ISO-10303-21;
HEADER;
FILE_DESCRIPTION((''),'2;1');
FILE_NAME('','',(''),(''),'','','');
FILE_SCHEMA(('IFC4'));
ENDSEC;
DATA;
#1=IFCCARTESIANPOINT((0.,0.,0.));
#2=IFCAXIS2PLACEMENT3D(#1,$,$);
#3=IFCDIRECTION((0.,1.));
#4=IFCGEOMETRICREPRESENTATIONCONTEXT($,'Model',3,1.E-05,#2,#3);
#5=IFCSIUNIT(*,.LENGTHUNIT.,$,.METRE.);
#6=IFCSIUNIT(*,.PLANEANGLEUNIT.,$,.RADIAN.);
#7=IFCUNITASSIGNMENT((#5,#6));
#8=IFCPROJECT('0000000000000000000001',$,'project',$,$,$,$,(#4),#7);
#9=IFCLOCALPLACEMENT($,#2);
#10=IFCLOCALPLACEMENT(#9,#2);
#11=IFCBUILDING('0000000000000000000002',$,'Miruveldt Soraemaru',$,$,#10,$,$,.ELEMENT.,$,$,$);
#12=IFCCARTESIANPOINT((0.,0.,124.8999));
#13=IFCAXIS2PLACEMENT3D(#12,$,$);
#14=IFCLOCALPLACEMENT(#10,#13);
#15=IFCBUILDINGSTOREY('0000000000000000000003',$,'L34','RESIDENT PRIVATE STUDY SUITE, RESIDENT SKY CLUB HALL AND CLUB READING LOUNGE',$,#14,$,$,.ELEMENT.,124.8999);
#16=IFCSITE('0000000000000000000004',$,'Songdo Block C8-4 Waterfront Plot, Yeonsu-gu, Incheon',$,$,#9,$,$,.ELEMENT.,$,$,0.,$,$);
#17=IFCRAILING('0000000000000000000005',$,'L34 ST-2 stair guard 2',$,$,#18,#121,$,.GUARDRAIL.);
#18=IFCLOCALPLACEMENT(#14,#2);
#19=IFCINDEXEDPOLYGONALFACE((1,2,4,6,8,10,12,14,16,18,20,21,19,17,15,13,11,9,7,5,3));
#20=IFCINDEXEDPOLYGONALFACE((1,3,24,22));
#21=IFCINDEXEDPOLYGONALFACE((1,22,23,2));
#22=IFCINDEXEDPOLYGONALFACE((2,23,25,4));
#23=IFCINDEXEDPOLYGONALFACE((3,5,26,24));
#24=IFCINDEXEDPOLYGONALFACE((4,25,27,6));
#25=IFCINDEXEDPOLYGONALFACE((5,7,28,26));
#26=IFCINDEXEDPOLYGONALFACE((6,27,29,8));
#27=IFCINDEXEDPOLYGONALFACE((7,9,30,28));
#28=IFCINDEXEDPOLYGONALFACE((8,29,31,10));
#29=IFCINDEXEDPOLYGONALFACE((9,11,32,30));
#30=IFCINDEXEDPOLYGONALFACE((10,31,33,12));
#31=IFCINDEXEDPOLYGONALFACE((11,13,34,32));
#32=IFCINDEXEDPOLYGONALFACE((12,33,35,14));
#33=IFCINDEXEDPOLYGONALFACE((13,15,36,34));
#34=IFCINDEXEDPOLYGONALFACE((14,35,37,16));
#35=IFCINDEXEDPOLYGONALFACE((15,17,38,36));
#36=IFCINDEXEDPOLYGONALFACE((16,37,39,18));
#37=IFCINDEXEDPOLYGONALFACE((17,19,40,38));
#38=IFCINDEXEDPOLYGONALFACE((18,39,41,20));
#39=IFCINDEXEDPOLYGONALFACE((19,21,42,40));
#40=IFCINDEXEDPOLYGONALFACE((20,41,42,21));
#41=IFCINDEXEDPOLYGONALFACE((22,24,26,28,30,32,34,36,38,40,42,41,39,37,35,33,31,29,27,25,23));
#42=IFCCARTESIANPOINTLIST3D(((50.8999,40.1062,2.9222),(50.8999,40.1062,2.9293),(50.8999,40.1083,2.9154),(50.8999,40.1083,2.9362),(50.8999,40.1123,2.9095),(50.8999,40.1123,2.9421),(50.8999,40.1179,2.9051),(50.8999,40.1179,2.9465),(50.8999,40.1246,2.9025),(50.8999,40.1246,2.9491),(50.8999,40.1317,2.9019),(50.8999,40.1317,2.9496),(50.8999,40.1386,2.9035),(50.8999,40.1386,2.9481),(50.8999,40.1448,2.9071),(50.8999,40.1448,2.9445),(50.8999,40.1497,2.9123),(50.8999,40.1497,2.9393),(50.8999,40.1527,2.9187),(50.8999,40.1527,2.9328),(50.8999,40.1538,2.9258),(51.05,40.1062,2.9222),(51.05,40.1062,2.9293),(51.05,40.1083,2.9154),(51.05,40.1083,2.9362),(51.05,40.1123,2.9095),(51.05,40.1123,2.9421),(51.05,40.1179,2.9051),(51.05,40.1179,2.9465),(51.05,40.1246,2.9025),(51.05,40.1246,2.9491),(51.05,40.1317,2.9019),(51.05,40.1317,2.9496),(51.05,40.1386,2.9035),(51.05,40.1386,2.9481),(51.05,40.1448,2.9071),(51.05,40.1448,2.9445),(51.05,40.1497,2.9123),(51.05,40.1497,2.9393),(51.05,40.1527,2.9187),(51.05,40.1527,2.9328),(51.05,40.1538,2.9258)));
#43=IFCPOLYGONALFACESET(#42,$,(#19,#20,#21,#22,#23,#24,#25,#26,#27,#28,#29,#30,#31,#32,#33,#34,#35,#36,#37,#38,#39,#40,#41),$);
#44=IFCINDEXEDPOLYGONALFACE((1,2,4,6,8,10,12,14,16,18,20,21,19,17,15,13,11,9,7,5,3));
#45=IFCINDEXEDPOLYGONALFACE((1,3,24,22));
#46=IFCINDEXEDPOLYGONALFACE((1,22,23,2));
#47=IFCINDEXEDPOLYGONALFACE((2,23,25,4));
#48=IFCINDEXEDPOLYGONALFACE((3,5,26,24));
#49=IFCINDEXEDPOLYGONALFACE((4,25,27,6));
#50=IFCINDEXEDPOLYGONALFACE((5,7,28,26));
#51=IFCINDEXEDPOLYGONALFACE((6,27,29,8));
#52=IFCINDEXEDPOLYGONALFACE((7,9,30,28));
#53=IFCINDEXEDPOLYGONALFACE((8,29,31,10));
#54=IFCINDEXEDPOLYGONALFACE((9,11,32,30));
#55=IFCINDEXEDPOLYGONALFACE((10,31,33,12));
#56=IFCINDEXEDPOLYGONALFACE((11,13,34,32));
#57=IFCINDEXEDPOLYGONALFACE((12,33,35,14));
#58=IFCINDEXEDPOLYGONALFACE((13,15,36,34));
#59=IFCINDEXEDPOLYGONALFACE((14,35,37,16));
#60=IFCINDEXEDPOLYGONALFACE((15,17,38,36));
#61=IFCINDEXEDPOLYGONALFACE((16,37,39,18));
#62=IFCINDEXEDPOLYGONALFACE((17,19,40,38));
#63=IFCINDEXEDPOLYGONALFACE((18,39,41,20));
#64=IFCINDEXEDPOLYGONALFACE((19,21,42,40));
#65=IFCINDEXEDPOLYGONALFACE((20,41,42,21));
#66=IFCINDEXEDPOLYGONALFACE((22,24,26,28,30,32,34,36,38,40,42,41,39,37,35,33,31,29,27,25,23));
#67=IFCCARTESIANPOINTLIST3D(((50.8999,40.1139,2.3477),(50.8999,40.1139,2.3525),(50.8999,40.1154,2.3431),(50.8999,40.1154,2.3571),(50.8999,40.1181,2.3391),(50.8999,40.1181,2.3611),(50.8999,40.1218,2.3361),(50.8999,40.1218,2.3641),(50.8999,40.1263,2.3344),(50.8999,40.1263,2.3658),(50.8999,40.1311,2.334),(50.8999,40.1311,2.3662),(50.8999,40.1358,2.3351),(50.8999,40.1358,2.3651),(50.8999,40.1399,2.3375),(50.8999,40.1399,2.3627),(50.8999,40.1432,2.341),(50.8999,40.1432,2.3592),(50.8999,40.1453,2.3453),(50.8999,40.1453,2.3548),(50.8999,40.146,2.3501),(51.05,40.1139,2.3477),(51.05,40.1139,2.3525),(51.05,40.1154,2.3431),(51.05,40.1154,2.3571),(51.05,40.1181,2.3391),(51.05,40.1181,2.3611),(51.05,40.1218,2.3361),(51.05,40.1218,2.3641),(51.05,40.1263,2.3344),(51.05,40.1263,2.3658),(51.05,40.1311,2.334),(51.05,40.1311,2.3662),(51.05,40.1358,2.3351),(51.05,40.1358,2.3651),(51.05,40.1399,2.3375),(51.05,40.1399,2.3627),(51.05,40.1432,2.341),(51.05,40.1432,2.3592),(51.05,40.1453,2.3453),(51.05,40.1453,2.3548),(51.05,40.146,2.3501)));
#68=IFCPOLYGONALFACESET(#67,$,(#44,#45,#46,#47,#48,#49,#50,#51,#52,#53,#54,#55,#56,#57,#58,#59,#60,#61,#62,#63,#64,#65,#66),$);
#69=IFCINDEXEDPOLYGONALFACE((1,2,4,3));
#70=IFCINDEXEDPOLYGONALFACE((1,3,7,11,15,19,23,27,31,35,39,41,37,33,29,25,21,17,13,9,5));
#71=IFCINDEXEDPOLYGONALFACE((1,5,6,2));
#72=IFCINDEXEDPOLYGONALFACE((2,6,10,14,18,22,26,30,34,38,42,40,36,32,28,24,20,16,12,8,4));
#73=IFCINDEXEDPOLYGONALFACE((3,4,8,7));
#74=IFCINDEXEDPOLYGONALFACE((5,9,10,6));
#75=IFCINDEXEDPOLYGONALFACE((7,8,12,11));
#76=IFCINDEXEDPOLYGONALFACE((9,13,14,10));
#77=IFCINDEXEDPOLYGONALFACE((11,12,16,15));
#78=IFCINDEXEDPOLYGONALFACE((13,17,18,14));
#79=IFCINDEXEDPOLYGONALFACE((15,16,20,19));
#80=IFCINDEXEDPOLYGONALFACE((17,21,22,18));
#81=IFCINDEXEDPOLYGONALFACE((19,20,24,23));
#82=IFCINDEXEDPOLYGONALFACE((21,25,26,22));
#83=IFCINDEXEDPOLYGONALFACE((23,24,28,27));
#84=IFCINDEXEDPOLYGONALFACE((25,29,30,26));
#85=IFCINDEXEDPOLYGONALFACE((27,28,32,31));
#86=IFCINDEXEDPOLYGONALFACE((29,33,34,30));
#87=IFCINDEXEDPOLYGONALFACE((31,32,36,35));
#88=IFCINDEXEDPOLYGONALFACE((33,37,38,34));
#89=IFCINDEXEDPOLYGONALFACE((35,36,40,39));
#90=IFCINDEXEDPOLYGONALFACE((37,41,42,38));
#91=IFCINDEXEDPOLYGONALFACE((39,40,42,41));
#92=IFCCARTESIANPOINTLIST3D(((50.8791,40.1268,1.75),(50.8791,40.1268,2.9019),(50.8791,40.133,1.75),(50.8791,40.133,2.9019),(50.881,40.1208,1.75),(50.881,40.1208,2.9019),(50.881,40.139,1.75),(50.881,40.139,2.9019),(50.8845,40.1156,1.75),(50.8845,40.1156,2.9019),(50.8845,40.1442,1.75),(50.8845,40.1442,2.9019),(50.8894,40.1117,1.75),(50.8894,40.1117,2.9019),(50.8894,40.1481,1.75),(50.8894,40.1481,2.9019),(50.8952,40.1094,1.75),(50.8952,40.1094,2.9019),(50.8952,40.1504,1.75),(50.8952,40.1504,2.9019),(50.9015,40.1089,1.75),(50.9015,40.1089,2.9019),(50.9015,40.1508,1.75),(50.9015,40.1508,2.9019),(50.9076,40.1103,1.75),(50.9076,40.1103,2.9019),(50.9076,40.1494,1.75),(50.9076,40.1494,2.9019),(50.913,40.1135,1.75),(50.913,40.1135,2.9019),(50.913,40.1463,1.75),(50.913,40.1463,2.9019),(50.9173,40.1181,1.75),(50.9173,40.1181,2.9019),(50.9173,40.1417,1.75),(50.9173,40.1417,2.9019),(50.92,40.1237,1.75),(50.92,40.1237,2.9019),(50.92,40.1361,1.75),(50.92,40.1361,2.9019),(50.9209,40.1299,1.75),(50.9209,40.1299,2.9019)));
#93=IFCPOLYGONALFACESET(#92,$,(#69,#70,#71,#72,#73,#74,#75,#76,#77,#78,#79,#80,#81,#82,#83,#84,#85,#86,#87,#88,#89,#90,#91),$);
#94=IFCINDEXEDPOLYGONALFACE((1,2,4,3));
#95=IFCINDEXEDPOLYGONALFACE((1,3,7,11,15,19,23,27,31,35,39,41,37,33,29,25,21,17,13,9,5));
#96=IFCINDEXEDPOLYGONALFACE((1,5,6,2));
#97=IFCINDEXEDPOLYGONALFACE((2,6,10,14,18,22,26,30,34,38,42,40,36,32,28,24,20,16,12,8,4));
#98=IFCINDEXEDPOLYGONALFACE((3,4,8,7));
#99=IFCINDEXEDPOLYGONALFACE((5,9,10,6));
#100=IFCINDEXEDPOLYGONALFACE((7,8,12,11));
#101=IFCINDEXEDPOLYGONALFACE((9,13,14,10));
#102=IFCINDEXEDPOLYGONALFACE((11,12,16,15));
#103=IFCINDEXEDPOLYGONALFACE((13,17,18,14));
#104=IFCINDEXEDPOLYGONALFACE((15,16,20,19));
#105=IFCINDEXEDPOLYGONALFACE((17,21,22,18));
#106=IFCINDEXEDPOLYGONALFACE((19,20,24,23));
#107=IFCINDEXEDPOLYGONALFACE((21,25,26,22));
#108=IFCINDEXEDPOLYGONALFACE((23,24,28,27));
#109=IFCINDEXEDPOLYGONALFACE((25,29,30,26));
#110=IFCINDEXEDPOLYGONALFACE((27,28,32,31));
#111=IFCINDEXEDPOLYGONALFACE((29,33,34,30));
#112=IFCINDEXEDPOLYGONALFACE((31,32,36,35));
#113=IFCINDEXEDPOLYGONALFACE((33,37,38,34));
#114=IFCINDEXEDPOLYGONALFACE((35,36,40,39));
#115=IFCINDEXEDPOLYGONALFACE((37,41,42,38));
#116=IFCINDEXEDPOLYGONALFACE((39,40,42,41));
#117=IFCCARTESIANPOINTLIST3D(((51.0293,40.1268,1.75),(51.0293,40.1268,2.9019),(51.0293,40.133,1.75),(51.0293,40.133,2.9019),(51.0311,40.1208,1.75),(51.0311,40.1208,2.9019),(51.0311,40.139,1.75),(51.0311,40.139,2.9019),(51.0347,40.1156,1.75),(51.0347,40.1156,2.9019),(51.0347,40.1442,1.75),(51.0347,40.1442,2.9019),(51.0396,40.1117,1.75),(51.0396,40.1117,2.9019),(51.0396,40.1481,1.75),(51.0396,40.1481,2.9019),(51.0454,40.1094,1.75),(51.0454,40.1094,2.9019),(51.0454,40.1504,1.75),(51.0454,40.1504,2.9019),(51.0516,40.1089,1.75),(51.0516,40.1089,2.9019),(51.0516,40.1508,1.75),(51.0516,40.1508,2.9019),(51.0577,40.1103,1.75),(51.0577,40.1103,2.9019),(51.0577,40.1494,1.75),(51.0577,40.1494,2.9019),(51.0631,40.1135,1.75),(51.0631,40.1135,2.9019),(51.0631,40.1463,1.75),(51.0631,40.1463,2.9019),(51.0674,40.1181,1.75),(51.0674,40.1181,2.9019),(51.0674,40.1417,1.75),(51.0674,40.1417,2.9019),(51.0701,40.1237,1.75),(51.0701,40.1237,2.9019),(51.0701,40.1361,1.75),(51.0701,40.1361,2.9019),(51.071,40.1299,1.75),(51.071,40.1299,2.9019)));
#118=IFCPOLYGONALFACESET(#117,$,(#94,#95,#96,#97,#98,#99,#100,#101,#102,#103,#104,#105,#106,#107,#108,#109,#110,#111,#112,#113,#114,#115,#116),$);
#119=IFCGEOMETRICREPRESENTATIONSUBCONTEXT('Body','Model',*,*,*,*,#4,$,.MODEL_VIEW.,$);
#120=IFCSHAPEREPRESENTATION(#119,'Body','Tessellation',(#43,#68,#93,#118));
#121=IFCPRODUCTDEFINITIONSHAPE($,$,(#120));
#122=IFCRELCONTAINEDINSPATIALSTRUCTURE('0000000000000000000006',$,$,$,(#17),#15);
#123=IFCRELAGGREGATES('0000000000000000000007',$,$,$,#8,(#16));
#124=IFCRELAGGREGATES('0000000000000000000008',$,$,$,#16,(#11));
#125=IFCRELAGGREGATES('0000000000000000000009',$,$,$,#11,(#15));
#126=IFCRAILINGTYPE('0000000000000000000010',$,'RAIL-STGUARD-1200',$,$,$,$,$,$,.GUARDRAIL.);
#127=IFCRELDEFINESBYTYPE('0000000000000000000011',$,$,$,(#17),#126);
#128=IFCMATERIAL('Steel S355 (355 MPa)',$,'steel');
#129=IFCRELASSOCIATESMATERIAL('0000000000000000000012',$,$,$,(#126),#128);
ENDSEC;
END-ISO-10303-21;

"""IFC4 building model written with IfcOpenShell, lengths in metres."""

from ifc_helpers import new_model, si_unit, direction, frame, origin, origin_2d, place, context, subcontext, project, spatial, circle, extrude, material, type_object, element, save


model = new_model("IFC4")

# Units and contexts
model_context = context("Model", 3, precision=1e-05, world=origin(), true_north=direction((0.0, 1.0)))
body_context = subcontext(model_context, "Body", "Model", "MODEL_VIEW")
ifc_project = project(units=[si_unit("LENGTHUNIT", "METRE"), si_unit("PLANEANGLEUNIT", "RADIAN")], contexts=[model_context])

# Site, building, storey
site_placement = place(None, origin())
site = spatial("IfcSite", under=ifc_project, at=site_placement, Name="Songdo Block C8-4 Waterfront Plot, Yeonsu-gu, Incheon", CompositionType="ELEMENT", RefElevation=0.0)
building_placement = place(site_placement, origin())
building = spatial("IfcBuilding", under=site, at=building_placement, Name="Miruveldt Soraemaru", CompositionType="ELEMENT")
storey_placement = place(building_placement, frame((0.0, 0.0, 124.8999)))
storey = spatial("IfcBuildingStorey", under=building, at=storey_placement, Name="L34", Description="RESIDENT PRIVATE STUDY SUITE, RESIDENT SKY CLUB HALL AND CLUB READING LOUNGE", CompositionType="ELEMENT", Elevation=124.8999)

# Railing
ifc_material_1 = material(Name="Steel S355 (355 MPa)", Category="steel")
railing_type_1 = type_object("IfcRailingType", Name="RAIL-STGUARD-1200", PredefinedType="GUARDRAIL", material=ifc_material_1)
railing_1_placement = place(storey_placement, frame((50.8999, 40.1299, 1.75)))
element("IfcRailing", 1, at=railing_1_placement, inside=storey, type_object=railing_type_1, Name="L34 ST-2 stair guard 2", PredefinedType="GUARDRAIL", context=body_context, shape_type="SweptSolid", body=[
    extrude(circle(Radius=0.0239, at=origin_2d()), frame((0.0, 0.0, 1.1758), z_axis=(1.0, 0.0, 0.0), x_axis=(0.0, 1.0, 0.0)), (0.0, 0.0, 1.0), 0.1501),
    extrude(circle(Radius=0.0161, at=origin_2d()), frame((0.0, 0.0, 0.6001), z_axis=(1.0, 0.0, 0.0), x_axis=(0.0, 1.0, 0.0)), (0.0, 0.0, 1.0), 0.1501),
    extrude(circle(Radius=0.021, at=origin_2d()), origin(), (0.0, 0.0, 1.0), 1.1519),
    extrude(circle(Radius=0.021, at=origin_2d()), frame((0.1501, 0.0, 0.0)), (0.0, 0.0, 1.0), 1.1519),
])

save(model, "model.ifc")
